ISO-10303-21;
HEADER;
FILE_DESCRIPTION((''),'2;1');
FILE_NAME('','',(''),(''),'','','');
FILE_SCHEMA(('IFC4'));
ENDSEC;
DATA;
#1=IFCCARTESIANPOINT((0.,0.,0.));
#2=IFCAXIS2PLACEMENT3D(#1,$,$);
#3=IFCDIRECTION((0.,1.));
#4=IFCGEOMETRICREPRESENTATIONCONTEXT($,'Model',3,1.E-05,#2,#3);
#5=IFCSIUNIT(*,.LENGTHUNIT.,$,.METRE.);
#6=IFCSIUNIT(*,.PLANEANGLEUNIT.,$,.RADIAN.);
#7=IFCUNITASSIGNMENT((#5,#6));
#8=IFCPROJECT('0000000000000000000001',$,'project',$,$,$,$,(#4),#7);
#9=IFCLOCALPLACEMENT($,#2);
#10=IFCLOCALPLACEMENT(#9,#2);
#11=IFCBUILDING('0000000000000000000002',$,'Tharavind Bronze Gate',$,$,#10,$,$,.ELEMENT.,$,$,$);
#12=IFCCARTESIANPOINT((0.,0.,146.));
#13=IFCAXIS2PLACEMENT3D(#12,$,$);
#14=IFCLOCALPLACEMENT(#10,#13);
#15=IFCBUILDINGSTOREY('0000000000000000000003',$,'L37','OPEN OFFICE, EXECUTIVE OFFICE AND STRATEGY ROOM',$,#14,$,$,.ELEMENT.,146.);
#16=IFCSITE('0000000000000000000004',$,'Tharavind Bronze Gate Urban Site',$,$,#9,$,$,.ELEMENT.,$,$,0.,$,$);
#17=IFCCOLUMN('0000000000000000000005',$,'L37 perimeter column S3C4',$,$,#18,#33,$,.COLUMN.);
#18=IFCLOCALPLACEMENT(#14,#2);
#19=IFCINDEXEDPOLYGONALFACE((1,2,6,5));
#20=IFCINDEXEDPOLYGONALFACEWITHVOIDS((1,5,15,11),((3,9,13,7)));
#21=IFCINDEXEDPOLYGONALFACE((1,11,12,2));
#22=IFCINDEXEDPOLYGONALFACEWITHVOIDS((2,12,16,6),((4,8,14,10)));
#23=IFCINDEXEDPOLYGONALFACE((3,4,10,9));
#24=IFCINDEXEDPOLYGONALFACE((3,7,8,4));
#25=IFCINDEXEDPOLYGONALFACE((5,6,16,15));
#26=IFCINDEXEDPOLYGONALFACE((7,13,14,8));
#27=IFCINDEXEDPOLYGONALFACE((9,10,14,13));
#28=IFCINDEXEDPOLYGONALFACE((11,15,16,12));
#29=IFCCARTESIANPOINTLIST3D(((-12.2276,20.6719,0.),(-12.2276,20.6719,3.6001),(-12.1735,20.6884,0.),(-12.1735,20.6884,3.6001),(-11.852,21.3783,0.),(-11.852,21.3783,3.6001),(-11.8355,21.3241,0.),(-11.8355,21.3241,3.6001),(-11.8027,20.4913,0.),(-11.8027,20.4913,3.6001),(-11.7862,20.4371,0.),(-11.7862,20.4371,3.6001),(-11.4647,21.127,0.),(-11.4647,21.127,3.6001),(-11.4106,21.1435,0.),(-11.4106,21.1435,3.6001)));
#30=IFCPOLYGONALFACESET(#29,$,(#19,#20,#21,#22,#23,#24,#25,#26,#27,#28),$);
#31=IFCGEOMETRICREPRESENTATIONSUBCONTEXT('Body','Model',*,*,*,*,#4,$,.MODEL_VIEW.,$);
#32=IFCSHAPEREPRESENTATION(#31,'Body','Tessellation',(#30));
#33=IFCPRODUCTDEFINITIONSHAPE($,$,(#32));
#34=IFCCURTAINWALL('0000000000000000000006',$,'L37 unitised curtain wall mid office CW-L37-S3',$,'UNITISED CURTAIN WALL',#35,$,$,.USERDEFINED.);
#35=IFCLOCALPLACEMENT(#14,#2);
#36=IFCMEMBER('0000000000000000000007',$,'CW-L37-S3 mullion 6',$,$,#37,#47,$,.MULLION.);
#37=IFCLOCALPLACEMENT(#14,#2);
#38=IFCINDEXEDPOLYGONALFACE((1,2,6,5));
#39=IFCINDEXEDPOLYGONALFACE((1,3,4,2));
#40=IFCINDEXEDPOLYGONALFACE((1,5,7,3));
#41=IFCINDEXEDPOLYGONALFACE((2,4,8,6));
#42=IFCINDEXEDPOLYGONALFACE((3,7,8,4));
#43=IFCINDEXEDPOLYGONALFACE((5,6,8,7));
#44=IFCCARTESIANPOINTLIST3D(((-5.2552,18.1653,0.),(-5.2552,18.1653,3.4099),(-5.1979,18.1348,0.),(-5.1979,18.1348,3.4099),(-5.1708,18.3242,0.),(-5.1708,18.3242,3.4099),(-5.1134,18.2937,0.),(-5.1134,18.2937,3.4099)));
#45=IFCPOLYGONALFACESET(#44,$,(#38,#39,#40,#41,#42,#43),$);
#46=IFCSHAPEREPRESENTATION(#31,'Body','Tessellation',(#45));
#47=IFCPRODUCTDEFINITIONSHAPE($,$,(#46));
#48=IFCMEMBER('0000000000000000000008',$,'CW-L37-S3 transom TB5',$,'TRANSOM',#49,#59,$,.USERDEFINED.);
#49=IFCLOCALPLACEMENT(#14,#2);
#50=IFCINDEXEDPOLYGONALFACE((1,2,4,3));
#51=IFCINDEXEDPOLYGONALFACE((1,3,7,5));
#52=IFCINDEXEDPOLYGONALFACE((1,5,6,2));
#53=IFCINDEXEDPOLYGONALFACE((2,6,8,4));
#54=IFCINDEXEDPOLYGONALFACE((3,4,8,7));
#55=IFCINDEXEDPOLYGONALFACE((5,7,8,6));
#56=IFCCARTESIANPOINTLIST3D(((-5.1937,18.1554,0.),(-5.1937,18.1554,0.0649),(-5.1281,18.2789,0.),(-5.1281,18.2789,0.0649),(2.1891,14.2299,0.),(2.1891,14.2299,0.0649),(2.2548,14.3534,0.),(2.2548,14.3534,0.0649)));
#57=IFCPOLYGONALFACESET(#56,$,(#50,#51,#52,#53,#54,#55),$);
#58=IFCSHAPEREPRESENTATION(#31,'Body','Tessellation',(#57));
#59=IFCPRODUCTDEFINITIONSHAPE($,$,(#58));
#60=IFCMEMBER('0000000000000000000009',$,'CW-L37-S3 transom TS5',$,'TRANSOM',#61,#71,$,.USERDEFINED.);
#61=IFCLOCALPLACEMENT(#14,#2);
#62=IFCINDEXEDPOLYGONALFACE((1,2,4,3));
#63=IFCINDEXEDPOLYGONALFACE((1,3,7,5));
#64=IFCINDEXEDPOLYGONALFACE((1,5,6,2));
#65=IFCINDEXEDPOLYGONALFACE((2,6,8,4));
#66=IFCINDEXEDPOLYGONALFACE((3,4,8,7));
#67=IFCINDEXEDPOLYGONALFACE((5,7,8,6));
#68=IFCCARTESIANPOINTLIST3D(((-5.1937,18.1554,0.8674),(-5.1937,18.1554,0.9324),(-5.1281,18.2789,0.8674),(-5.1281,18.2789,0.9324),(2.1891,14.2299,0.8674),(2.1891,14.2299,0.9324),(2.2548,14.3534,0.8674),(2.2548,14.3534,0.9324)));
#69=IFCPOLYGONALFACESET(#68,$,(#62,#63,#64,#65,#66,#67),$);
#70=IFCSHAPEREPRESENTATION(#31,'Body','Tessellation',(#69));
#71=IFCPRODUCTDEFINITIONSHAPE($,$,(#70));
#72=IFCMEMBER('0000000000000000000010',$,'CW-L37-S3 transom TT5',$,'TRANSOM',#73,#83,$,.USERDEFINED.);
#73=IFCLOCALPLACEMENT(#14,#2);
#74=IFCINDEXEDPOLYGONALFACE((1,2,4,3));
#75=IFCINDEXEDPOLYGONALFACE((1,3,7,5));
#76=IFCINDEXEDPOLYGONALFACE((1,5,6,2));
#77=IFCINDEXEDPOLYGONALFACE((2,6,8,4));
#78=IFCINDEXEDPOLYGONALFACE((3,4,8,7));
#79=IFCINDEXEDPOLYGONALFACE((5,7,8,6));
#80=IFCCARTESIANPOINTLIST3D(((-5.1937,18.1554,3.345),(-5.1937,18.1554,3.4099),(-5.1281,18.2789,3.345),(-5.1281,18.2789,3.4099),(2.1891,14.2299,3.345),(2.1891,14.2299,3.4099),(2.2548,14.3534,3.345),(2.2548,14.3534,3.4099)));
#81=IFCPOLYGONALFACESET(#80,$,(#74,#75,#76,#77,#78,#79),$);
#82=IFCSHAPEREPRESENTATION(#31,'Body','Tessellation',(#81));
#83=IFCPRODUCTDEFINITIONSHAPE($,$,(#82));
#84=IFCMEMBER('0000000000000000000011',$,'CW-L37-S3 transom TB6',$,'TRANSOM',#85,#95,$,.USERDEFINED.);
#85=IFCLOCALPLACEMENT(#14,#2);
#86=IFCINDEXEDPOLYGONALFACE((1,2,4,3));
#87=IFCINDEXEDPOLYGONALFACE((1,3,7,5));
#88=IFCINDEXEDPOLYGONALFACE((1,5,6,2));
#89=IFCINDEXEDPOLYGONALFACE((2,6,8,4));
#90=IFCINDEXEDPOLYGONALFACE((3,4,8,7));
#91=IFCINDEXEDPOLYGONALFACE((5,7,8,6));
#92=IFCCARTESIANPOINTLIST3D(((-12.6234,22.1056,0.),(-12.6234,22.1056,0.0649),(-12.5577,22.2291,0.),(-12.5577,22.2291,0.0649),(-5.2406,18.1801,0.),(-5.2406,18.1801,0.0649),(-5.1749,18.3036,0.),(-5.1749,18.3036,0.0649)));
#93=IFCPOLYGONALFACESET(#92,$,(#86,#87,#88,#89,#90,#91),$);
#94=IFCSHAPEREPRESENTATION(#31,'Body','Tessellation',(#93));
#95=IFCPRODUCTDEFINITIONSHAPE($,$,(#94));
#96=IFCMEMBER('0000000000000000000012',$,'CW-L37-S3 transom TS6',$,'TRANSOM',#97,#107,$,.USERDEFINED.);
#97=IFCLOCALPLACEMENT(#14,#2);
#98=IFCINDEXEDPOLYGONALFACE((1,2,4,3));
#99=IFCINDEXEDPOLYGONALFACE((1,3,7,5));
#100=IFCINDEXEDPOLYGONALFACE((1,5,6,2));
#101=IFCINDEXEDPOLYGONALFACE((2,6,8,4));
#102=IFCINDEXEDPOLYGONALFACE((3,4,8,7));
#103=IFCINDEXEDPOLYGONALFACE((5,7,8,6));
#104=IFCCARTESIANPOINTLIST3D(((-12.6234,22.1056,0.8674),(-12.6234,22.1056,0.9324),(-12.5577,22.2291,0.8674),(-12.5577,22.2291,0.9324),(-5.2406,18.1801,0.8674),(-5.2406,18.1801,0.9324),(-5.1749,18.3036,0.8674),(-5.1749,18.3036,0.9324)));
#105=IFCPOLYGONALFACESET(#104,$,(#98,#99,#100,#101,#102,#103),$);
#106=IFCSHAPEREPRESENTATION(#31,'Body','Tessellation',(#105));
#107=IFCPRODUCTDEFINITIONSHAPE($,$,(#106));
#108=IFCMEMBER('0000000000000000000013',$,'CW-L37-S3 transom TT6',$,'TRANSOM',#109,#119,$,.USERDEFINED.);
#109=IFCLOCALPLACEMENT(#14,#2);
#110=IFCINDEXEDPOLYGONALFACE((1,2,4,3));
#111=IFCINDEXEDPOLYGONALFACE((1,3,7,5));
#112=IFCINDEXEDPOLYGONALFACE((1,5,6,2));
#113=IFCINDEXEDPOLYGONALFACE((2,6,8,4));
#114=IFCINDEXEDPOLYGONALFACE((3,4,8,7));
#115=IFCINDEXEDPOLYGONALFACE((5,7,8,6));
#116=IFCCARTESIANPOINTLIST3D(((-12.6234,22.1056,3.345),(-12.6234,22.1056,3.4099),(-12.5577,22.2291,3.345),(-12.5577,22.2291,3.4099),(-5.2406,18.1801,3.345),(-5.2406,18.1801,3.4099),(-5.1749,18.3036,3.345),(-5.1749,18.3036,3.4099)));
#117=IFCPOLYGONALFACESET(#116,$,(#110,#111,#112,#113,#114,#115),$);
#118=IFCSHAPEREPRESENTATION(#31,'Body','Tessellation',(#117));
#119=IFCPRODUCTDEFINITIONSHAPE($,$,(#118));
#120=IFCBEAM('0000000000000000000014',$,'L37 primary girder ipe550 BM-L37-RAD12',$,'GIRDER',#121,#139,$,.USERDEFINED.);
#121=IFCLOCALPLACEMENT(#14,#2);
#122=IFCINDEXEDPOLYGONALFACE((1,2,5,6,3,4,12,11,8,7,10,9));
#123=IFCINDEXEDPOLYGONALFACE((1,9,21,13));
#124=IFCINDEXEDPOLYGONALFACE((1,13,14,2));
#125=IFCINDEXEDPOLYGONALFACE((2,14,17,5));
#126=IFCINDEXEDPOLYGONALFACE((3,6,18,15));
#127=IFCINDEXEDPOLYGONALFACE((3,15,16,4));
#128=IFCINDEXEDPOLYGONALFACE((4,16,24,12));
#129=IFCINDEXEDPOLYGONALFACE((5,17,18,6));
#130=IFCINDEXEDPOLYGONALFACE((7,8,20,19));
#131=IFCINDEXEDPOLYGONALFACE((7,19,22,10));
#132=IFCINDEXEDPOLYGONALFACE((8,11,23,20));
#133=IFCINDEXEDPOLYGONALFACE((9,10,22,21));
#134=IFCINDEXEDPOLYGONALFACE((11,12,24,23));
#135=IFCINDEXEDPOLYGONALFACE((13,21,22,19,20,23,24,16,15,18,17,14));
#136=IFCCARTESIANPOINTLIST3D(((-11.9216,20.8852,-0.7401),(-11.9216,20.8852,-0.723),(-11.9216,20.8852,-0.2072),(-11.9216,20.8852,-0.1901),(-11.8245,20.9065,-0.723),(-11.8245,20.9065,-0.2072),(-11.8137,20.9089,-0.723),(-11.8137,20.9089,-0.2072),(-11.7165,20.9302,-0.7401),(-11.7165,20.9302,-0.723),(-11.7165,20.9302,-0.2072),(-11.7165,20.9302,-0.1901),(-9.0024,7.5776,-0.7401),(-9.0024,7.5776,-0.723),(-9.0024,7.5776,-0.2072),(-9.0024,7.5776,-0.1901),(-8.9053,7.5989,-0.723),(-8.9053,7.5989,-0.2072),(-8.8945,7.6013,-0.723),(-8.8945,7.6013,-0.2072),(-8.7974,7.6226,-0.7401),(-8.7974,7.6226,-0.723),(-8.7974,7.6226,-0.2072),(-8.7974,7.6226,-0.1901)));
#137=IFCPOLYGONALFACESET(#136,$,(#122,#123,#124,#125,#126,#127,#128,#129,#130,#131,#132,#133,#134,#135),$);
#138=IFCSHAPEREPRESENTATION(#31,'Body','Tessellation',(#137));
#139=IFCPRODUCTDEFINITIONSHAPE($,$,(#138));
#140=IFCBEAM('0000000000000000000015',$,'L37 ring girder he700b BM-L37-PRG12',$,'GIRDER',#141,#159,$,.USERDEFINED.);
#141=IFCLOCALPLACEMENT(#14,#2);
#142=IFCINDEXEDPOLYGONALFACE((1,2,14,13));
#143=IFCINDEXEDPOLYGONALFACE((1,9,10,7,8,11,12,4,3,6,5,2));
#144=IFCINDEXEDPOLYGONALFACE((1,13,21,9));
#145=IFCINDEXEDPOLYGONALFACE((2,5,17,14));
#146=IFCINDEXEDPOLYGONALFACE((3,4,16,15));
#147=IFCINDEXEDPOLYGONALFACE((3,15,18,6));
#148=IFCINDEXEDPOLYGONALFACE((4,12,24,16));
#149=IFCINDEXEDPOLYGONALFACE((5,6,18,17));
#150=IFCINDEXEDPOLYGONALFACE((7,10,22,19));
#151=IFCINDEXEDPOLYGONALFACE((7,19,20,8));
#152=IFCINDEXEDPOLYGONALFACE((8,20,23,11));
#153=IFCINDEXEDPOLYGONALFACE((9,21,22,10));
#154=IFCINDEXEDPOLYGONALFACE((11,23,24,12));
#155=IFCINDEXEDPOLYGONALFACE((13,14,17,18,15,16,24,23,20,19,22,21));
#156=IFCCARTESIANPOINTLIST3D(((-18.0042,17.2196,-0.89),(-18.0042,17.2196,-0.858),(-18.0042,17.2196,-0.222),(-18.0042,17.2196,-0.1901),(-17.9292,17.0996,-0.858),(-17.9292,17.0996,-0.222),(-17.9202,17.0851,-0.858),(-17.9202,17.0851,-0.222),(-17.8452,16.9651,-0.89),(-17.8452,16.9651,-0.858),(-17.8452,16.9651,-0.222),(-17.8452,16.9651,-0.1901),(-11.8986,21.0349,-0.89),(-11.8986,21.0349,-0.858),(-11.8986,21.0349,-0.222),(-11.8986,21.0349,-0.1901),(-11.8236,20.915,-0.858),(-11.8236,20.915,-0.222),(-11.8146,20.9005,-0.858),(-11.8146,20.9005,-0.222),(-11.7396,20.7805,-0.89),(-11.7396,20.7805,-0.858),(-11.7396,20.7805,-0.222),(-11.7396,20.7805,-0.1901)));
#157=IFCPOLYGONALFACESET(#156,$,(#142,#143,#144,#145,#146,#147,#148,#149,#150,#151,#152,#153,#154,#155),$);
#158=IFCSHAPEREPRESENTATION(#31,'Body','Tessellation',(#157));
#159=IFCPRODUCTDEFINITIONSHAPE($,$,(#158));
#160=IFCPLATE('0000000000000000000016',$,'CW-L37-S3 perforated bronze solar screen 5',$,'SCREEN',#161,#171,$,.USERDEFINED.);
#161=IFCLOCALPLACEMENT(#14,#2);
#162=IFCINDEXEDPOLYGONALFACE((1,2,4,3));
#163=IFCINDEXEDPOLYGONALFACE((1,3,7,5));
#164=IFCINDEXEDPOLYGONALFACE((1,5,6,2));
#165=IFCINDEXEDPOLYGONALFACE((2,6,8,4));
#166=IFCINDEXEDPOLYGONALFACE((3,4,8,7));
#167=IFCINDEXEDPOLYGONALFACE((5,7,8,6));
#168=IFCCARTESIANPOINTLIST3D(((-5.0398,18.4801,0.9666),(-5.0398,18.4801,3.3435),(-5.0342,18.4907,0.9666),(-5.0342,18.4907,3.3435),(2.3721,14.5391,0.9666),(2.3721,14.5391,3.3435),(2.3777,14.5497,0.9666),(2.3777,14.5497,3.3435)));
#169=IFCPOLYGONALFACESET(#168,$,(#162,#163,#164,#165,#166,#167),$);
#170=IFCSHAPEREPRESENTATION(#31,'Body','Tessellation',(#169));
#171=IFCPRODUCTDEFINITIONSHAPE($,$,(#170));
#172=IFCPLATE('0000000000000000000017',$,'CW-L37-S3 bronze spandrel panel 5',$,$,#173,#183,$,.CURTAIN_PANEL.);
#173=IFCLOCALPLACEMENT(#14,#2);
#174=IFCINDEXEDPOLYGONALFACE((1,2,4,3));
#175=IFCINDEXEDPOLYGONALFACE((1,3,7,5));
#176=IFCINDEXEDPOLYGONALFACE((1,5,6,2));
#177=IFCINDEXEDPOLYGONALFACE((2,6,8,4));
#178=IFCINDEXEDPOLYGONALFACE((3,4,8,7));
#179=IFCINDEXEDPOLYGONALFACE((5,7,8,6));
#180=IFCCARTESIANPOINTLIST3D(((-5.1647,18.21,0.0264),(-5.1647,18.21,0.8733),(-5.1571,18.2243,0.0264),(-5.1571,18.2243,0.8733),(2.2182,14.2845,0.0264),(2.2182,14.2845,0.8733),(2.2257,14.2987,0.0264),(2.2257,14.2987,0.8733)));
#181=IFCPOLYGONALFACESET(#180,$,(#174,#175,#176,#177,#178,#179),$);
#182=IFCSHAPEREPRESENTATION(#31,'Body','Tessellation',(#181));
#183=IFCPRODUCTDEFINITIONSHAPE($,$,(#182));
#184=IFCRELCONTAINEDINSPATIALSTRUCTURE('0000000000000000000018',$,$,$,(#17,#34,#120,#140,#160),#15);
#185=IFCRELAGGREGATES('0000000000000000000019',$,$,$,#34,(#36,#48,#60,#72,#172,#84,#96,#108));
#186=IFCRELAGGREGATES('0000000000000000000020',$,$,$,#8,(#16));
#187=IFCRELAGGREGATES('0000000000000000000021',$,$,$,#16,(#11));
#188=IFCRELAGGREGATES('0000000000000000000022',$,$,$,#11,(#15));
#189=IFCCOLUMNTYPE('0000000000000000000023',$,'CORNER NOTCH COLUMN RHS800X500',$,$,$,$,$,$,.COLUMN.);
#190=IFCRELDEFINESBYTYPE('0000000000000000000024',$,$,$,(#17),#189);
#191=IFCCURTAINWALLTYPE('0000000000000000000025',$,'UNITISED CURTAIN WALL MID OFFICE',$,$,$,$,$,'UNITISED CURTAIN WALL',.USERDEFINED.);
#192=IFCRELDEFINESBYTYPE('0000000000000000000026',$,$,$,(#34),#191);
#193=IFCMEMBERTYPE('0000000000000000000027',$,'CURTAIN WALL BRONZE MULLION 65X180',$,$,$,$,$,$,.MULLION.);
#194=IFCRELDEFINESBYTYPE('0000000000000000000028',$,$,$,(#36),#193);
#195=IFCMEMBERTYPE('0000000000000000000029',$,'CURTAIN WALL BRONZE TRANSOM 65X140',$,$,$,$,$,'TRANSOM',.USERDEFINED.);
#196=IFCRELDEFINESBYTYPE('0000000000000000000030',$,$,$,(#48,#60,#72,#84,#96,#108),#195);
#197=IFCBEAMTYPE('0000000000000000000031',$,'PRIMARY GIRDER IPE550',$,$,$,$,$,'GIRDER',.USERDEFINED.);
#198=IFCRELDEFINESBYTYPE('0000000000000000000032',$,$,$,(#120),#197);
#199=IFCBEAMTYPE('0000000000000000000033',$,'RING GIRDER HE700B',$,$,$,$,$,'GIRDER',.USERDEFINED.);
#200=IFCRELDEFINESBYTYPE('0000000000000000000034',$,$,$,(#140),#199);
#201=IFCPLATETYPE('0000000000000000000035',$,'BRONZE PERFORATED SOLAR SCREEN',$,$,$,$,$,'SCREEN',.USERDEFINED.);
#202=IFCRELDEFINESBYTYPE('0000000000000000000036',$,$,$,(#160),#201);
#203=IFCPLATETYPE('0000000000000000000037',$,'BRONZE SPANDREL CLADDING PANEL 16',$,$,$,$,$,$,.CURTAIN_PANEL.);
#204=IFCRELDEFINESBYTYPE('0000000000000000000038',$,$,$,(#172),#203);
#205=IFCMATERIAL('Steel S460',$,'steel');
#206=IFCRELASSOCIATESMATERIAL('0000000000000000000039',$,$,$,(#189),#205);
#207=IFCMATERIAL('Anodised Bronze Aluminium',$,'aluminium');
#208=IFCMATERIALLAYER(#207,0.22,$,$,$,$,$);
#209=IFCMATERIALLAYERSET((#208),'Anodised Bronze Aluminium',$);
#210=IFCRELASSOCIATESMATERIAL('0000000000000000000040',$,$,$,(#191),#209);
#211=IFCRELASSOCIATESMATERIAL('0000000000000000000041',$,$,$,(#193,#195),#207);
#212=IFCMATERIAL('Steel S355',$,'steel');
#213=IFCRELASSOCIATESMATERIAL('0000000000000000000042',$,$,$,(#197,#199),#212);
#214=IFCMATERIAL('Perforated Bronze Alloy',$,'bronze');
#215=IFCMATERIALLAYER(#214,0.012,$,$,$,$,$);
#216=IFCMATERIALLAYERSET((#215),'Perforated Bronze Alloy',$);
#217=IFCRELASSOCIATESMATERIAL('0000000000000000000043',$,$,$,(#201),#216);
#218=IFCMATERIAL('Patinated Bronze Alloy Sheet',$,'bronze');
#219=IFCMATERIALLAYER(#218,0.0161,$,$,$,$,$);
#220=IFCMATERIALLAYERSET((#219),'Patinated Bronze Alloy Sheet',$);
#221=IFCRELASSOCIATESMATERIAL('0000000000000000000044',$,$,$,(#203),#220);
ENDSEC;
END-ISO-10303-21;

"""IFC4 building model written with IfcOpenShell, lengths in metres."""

from ifc_helpers import new_model, si_unit, direction, frame, origin, origin_2d, place, context, subcontext, project, spatial, rectangle, hollow_rectangle, i_section, extrude, material, layer, layer_set, material_profile, profile_set, type_object, element, aggregate, save


model = new_model("IFC4")

# Units and contexts
model_context = context("Model", 3, precision=1e-05, world=origin(), true_north=direction((0.0, 1.0)))
body_context = subcontext(model_context, "Body", "Model", "MODEL_VIEW")
ifc_project = project(units=[si_unit("LENGTHUNIT", "METRE"), si_unit("PLANEANGLEUNIT", "RADIAN")], contexts=[model_context])

# Site, building, storey
site_placement = place(None, origin())
site = spatial("IfcSite", under=ifc_project, at=site_placement, Name="Tharavind Bronze Gate Urban Site", CompositionType="ELEMENT", RefElevation=0.0)
building_placement = place(site_placement, origin())
building = spatial("IfcBuilding", under=site, at=building_placement, Name="Tharavind Bronze Gate", CompositionType="ELEMENT")
storey_placement = place(building_placement, frame((0.0, 0.0, 146.0)))
storey = spatial("IfcBuildingStorey", under=building, at=storey_placement, Name="L37", Description="OPEN OFFICE, EXECUTIVE OFFICE AND STRATEGY ROOM", CompositionType="ELEMENT", Elevation=146.0)

# Column
ifc_material_1 = material(Name="Steel S460", Category="steel")
ifc_material_profile_1 = material_profile(ifc_material_1, hollow_rectangle(XDim=0.5, YDim=0.8, WallThickness=0.04, at=origin_2d()), Name="RHS800X500X40")
ifc_profile_set_1 = profile_set([ifc_material_profile_1], Name="Steel S460")
column_type = type_object("IfcColumnType", Name="CORNER NOTCH COLUMN RHS800X500", PredefinedType="COLUMN", material=ifc_profile_set_1)
column_placement = place(storey_placement, frame((-11.8191, 20.9077, 0.0), z_axis=(0.0, 0.0, 1.0), x_axis=(-0.882948, 0.46947, 0.0)))
element("IfcColumn", 1, at=column_placement, inside=storey, type_object=column_type, Name="L37 perimeter column S3C4", PredefinedType="COLUMN", context=body_context, shape_type="SweptSolid", body=[
    extrude(hollow_rectangle(XDim=0.5, YDim=0.8, WallThickness=0.04, at=origin_2d()), origin(), (0.0, 0.0, 1.0), 3.6001),
])

# Curtain wall, members
ifc_material_2 = material(Name="Anodised Bronze Aluminium", Category="aluminium")
ifc_layer_1 = layer(ifc_material_2, 0.22)
ifc_layer_set_1 = layer_set([ifc_layer_1], Name="Anodised Bronze Aluminium")
curtain_wall_type = type_object("IfcCurtainWallType", Name="UNITISED CURTAIN WALL MID OFFICE", ElementType="UNITISED CURTAIN WALL", PredefinedType="USERDEFINED", material=ifc_layer_set_1)
curtain_wall_placement = place(storey_placement, origin())
curtain_wall = element("IfcCurtainWall", 2, at=curtain_wall_placement, inside=storey, type_object=curtain_wall_type, Name="L37 unitised curtain wall mid office CW-L37-S3", ObjectType="UNITISED CURTAIN WALL", PredefinedType="USERDEFINED")
member_type_1 = type_object("IfcMemberType", Name="CURTAIN WALL BRONZE MULLION 65X180", PredefinedType="MULLION", material=ifc_material_2)
member_1_placement = place(storey_placement, frame((-5.1843, 18.2295, 0.0), z_axis=(0.0, 0.0, 1.0), x_axis=(-0.882948, 0.469472, 0.0)))
member_1 = element("IfcMember", 3, at=member_1_placement, type_object=member_type_1, Name="CW-L37-S3 mullion 6", PredefinedType="MULLION", context=body_context, shape_type="SweptSolid", body=[
    extrude(rectangle(XDim=0.0649, YDim=0.1799, at=origin_2d()), origin(), (0.0, 0.0, 1.0), 3.4099),
])
member_type_2 = type_object("IfcMemberType", Name="CURTAIN WALL BRONZE TRANSOM 65X140", ElementType="TRANSOM", PredefinedType="USERDEFINED", material=ifc_material_2)
member_2_placement = place(storey_placement, frame((-1.4695, 16.2544, 0.0), z_axis=(0.0, 0.0, 1.0), x_axis=(-0.882948, 0.469472, 0.0)))
member_2 = element("IfcMember", 4, at=member_2_placement, type_object=member_type_2, Name="CW-L37-S3 transom TB5", ObjectType="TRANSOM", PredefinedType="USERDEFINED", context=body_context, shape_type="SweptSolid", body=[
    extrude(rectangle(XDim=8.3616, YDim=0.1399, at=origin_2d()), origin(), (0.0, 0.0, 1.0), 0.0649),
])
member_3_placement = place(storey_placement, frame((-1.4695, 16.2544, 0.8674), z_axis=(0.0, 0.0, 1.0), x_axis=(-0.882948, 0.469472, 0.0)))
member_3 = element("IfcMember", 5, at=member_3_placement, type_object=member_type_2, Name="CW-L37-S3 transom TS5", ObjectType="TRANSOM", PredefinedType="USERDEFINED", context=body_context, shape_type="SweptSolid", body=[
    extrude(rectangle(XDim=8.3616, YDim=0.1399, at=origin_2d()), origin(), (0.0, 0.0, 1.0), 0.0649),
])
member_4_placement = place(storey_placement, frame((-1.4695, 16.2544, 3.345), z_axis=(0.0, 0.0, 1.0), x_axis=(-0.882948, 0.469472, 0.0)))
member_4 = element("IfcMember", 6, at=member_4_placement, type_object=member_type_2, Name="CW-L37-S3 transom TT5", ObjectType="TRANSOM", PredefinedType="USERDEFINED", context=body_context, shape_type="SweptSolid", body=[
    extrude(rectangle(XDim=8.3616, YDim=0.1399, at=origin_2d()), origin(), (0.0, 0.0, 1.0), 0.0649),
])
member_5_placement = place(storey_placement, frame((-8.8992, 20.2046, 0.0), z_axis=(0.0, 0.0, 1.0), x_axis=(-0.882948, 0.469472, 0.0)))
member_5 = element("IfcMember", 7, at=member_5_placement, type_object=member_type_2, Name="CW-L37-S3 transom TB6", ObjectType="TRANSOM", PredefinedType="USERDEFINED", context=body_context, shape_type="SweptSolid", body=[
    extrude(rectangle(XDim=8.3616, YDim=0.1399, at=origin_2d()), origin(), (0.0, 0.0, 1.0), 0.0649),
])
member_6_placement = place(storey_placement, frame((-8.8992, 20.2046, 0.8674), z_axis=(0.0, 0.0, 1.0), x_axis=(-0.882948, 0.469472, 0.0)))
member_6 = element("IfcMember", 8, at=member_6_placement, type_object=member_type_2, Name="CW-L37-S3 transom TS6", ObjectType="TRANSOM", PredefinedType="USERDEFINED", context=body_context, shape_type="SweptSolid", body=[
    extrude(rectangle(XDim=8.3616, YDim=0.1399, at=origin_2d()), origin(), (0.0, 0.0, 1.0), 0.0649),
])
member_7_placement = place(storey_placement, frame((-8.8992, 20.2046, 3.345), z_axis=(0.0, 0.0, 1.0), x_axis=(-0.882948, 0.469472, 0.0)))
member_7 = element("IfcMember", 9, at=member_7_placement, type_object=member_type_2, Name="CW-L37-S3 transom TT6", ObjectType="TRANSOM", PredefinedType="USERDEFINED", context=body_context, shape_type="SweptSolid", body=[
    extrude(rectangle(XDim=8.3616, YDim=0.1399, at=origin_2d()), origin(), (0.0, 0.0, 1.0), 0.0649),
])

# Beams
ifc_material_3 = material(Name="Steel S355", Category="steel")
ifc_material_profile_2 = material_profile(ifc_material_3, i_section(OverallWidth=0.21, OverallDepth=0.55, WebThickness=0.011, FlangeThickness=0.0171, at=origin_2d()), Name="IPE550")
ifc_profile_set_2 = profile_set([ifc_material_profile_2], Name="Steel S355")
beam_type_1 = type_object("IfcBeamType", Name="PRIMARY GIRDER IPE550", ElementType="GIRDER", PredefinedType="USERDEFINED", material=ifc_profile_set_2)
beam_1_placement = place(storey_placement, frame((-11.8191, 20.9077, -0.4651), z_axis=(0.214268, -0.976775, 0.0), x_axis=(0.976775, 0.214268, 0.0)))
element("IfcBeam", 10, at=beam_1_placement, inside=storey, type_object=beam_type_1, Name="L37 primary girder ipe550 BM-L37-RAD12", ObjectType="GIRDER", PredefinedType="USERDEFINED", context=body_context, shape_type="SweptSolid", body=[
    extrude(i_section(OverallWidth=0.21, OverallDepth=0.55, WebThickness=0.011, FlangeThickness=0.0171, at=origin_2d()), origin(), (0.0, 0.0, 1.0), 13.624),
])
ifc_material_profile_3 = material_profile(ifc_material_3, i_section(OverallWidth=0.3, OverallDepth=0.7, WebThickness=0.0171, FlangeThickness=0.032, at=origin_2d()), Name="HE700B")
ifc_profile_set_3 = profile_set([ifc_material_profile_3], Name="Steel S355")
beam_type_2 = type_object("IfcBeamType", Name="RING GIRDER HE700B", ElementType="GIRDER", PredefinedType="USERDEFINED", material=ifc_profile_set_3)
beam_2_placement = place(storey_placement, frame((-11.8191, 20.9077, -0.54), z_axis=(-0.848038, -0.529935, 0.0), x_axis=(0.529935, -0.848038, 0.0)))
element("IfcBeam", 11, at=beam_2_placement, inside=storey, type_object=beam_type_2, Name="L37 ring girder he700b BM-L37-PRG12", ObjectType="GIRDER", PredefinedType="USERDEFINED", context=body_context, shape_type="SweptSolid", body=[
    extrude(i_section(OverallWidth=0.3, OverallDepth=0.7, WebThickness=0.0171, FlangeThickness=0.032, at=origin_2d()), origin(), (0.0, 0.0, 1.0), 7.1997),
])

# Plates
ifc_material_4 = material(Name="Perforated Bronze Alloy", Category="bronze")
ifc_layer_2 = layer(ifc_material_4, 0.012)
ifc_layer_set_2 = layer_set([ifc_layer_2], Name="Perforated Bronze Alloy")
plate_type_1 = type_object("IfcPlateType", Name="BRONZE PERFORATED SOLAR SCREEN", ElementType="SCREEN", PredefinedType="USERDEFINED", material=ifc_layer_set_2)
plate_1_placement = place(storey_placement, frame((-1.3311, 16.5149, 0.9666), z_axis=(0.0, 0.0, 1.0), x_axis=(-0.882948, 0.469472, 0.0)))
element("IfcPlate", 12, at=plate_1_placement, inside=storey, type_object=plate_type_1, Name="CW-L37-S3 perforated bronze solar screen 5", ObjectType="SCREEN", PredefinedType="USERDEFINED", context=body_context, shape_type="SweptSolid", body=[
    extrude(rectangle(XDim=8.3945, YDim=0.012, at=origin_2d()), origin(), (0.0, 0.0, 1.0), 2.377),
])
ifc_material_5 = material(Name="Patinated Bronze Alloy Sheet", Category="bronze")
ifc_layer_3 = layer(ifc_material_5, 0.0161)
ifc_layer_set_3 = layer_set([ifc_layer_3], Name="Patinated Bronze Alloy Sheet")
plate_type_2 = type_object("IfcPlateType", Name="BRONZE SPANDREL CLADDING PANEL 16", PredefinedType="CURTAIN_PANEL", material=ifc_layer_set_3)
plate_2_placement = place(storey_placement, frame((-1.4695, 16.2544, 0.0264), z_axis=(0.0, 0.0, 1.0), x_axis=(-0.882948, 0.469472, 0.0)))
plate_2 = element("IfcPlate", 13, at=plate_2_placement, type_object=plate_type_2, Name="CW-L37-S3 bronze spandrel panel 5", PredefinedType="CURTAIN_PANEL", context=body_context, shape_type="SweptSolid", body=[
    extrude(rectangle(XDim=8.3616, YDim=0.0161, at=origin_2d()), origin(), (0.0, 0.0, 1.0), 0.8469),
])
aggregate(curtain_wall, [member_1, member_2, member_3, member_4, plate_2, member_5, member_6, member_7])

save(model, "model.ifc")
